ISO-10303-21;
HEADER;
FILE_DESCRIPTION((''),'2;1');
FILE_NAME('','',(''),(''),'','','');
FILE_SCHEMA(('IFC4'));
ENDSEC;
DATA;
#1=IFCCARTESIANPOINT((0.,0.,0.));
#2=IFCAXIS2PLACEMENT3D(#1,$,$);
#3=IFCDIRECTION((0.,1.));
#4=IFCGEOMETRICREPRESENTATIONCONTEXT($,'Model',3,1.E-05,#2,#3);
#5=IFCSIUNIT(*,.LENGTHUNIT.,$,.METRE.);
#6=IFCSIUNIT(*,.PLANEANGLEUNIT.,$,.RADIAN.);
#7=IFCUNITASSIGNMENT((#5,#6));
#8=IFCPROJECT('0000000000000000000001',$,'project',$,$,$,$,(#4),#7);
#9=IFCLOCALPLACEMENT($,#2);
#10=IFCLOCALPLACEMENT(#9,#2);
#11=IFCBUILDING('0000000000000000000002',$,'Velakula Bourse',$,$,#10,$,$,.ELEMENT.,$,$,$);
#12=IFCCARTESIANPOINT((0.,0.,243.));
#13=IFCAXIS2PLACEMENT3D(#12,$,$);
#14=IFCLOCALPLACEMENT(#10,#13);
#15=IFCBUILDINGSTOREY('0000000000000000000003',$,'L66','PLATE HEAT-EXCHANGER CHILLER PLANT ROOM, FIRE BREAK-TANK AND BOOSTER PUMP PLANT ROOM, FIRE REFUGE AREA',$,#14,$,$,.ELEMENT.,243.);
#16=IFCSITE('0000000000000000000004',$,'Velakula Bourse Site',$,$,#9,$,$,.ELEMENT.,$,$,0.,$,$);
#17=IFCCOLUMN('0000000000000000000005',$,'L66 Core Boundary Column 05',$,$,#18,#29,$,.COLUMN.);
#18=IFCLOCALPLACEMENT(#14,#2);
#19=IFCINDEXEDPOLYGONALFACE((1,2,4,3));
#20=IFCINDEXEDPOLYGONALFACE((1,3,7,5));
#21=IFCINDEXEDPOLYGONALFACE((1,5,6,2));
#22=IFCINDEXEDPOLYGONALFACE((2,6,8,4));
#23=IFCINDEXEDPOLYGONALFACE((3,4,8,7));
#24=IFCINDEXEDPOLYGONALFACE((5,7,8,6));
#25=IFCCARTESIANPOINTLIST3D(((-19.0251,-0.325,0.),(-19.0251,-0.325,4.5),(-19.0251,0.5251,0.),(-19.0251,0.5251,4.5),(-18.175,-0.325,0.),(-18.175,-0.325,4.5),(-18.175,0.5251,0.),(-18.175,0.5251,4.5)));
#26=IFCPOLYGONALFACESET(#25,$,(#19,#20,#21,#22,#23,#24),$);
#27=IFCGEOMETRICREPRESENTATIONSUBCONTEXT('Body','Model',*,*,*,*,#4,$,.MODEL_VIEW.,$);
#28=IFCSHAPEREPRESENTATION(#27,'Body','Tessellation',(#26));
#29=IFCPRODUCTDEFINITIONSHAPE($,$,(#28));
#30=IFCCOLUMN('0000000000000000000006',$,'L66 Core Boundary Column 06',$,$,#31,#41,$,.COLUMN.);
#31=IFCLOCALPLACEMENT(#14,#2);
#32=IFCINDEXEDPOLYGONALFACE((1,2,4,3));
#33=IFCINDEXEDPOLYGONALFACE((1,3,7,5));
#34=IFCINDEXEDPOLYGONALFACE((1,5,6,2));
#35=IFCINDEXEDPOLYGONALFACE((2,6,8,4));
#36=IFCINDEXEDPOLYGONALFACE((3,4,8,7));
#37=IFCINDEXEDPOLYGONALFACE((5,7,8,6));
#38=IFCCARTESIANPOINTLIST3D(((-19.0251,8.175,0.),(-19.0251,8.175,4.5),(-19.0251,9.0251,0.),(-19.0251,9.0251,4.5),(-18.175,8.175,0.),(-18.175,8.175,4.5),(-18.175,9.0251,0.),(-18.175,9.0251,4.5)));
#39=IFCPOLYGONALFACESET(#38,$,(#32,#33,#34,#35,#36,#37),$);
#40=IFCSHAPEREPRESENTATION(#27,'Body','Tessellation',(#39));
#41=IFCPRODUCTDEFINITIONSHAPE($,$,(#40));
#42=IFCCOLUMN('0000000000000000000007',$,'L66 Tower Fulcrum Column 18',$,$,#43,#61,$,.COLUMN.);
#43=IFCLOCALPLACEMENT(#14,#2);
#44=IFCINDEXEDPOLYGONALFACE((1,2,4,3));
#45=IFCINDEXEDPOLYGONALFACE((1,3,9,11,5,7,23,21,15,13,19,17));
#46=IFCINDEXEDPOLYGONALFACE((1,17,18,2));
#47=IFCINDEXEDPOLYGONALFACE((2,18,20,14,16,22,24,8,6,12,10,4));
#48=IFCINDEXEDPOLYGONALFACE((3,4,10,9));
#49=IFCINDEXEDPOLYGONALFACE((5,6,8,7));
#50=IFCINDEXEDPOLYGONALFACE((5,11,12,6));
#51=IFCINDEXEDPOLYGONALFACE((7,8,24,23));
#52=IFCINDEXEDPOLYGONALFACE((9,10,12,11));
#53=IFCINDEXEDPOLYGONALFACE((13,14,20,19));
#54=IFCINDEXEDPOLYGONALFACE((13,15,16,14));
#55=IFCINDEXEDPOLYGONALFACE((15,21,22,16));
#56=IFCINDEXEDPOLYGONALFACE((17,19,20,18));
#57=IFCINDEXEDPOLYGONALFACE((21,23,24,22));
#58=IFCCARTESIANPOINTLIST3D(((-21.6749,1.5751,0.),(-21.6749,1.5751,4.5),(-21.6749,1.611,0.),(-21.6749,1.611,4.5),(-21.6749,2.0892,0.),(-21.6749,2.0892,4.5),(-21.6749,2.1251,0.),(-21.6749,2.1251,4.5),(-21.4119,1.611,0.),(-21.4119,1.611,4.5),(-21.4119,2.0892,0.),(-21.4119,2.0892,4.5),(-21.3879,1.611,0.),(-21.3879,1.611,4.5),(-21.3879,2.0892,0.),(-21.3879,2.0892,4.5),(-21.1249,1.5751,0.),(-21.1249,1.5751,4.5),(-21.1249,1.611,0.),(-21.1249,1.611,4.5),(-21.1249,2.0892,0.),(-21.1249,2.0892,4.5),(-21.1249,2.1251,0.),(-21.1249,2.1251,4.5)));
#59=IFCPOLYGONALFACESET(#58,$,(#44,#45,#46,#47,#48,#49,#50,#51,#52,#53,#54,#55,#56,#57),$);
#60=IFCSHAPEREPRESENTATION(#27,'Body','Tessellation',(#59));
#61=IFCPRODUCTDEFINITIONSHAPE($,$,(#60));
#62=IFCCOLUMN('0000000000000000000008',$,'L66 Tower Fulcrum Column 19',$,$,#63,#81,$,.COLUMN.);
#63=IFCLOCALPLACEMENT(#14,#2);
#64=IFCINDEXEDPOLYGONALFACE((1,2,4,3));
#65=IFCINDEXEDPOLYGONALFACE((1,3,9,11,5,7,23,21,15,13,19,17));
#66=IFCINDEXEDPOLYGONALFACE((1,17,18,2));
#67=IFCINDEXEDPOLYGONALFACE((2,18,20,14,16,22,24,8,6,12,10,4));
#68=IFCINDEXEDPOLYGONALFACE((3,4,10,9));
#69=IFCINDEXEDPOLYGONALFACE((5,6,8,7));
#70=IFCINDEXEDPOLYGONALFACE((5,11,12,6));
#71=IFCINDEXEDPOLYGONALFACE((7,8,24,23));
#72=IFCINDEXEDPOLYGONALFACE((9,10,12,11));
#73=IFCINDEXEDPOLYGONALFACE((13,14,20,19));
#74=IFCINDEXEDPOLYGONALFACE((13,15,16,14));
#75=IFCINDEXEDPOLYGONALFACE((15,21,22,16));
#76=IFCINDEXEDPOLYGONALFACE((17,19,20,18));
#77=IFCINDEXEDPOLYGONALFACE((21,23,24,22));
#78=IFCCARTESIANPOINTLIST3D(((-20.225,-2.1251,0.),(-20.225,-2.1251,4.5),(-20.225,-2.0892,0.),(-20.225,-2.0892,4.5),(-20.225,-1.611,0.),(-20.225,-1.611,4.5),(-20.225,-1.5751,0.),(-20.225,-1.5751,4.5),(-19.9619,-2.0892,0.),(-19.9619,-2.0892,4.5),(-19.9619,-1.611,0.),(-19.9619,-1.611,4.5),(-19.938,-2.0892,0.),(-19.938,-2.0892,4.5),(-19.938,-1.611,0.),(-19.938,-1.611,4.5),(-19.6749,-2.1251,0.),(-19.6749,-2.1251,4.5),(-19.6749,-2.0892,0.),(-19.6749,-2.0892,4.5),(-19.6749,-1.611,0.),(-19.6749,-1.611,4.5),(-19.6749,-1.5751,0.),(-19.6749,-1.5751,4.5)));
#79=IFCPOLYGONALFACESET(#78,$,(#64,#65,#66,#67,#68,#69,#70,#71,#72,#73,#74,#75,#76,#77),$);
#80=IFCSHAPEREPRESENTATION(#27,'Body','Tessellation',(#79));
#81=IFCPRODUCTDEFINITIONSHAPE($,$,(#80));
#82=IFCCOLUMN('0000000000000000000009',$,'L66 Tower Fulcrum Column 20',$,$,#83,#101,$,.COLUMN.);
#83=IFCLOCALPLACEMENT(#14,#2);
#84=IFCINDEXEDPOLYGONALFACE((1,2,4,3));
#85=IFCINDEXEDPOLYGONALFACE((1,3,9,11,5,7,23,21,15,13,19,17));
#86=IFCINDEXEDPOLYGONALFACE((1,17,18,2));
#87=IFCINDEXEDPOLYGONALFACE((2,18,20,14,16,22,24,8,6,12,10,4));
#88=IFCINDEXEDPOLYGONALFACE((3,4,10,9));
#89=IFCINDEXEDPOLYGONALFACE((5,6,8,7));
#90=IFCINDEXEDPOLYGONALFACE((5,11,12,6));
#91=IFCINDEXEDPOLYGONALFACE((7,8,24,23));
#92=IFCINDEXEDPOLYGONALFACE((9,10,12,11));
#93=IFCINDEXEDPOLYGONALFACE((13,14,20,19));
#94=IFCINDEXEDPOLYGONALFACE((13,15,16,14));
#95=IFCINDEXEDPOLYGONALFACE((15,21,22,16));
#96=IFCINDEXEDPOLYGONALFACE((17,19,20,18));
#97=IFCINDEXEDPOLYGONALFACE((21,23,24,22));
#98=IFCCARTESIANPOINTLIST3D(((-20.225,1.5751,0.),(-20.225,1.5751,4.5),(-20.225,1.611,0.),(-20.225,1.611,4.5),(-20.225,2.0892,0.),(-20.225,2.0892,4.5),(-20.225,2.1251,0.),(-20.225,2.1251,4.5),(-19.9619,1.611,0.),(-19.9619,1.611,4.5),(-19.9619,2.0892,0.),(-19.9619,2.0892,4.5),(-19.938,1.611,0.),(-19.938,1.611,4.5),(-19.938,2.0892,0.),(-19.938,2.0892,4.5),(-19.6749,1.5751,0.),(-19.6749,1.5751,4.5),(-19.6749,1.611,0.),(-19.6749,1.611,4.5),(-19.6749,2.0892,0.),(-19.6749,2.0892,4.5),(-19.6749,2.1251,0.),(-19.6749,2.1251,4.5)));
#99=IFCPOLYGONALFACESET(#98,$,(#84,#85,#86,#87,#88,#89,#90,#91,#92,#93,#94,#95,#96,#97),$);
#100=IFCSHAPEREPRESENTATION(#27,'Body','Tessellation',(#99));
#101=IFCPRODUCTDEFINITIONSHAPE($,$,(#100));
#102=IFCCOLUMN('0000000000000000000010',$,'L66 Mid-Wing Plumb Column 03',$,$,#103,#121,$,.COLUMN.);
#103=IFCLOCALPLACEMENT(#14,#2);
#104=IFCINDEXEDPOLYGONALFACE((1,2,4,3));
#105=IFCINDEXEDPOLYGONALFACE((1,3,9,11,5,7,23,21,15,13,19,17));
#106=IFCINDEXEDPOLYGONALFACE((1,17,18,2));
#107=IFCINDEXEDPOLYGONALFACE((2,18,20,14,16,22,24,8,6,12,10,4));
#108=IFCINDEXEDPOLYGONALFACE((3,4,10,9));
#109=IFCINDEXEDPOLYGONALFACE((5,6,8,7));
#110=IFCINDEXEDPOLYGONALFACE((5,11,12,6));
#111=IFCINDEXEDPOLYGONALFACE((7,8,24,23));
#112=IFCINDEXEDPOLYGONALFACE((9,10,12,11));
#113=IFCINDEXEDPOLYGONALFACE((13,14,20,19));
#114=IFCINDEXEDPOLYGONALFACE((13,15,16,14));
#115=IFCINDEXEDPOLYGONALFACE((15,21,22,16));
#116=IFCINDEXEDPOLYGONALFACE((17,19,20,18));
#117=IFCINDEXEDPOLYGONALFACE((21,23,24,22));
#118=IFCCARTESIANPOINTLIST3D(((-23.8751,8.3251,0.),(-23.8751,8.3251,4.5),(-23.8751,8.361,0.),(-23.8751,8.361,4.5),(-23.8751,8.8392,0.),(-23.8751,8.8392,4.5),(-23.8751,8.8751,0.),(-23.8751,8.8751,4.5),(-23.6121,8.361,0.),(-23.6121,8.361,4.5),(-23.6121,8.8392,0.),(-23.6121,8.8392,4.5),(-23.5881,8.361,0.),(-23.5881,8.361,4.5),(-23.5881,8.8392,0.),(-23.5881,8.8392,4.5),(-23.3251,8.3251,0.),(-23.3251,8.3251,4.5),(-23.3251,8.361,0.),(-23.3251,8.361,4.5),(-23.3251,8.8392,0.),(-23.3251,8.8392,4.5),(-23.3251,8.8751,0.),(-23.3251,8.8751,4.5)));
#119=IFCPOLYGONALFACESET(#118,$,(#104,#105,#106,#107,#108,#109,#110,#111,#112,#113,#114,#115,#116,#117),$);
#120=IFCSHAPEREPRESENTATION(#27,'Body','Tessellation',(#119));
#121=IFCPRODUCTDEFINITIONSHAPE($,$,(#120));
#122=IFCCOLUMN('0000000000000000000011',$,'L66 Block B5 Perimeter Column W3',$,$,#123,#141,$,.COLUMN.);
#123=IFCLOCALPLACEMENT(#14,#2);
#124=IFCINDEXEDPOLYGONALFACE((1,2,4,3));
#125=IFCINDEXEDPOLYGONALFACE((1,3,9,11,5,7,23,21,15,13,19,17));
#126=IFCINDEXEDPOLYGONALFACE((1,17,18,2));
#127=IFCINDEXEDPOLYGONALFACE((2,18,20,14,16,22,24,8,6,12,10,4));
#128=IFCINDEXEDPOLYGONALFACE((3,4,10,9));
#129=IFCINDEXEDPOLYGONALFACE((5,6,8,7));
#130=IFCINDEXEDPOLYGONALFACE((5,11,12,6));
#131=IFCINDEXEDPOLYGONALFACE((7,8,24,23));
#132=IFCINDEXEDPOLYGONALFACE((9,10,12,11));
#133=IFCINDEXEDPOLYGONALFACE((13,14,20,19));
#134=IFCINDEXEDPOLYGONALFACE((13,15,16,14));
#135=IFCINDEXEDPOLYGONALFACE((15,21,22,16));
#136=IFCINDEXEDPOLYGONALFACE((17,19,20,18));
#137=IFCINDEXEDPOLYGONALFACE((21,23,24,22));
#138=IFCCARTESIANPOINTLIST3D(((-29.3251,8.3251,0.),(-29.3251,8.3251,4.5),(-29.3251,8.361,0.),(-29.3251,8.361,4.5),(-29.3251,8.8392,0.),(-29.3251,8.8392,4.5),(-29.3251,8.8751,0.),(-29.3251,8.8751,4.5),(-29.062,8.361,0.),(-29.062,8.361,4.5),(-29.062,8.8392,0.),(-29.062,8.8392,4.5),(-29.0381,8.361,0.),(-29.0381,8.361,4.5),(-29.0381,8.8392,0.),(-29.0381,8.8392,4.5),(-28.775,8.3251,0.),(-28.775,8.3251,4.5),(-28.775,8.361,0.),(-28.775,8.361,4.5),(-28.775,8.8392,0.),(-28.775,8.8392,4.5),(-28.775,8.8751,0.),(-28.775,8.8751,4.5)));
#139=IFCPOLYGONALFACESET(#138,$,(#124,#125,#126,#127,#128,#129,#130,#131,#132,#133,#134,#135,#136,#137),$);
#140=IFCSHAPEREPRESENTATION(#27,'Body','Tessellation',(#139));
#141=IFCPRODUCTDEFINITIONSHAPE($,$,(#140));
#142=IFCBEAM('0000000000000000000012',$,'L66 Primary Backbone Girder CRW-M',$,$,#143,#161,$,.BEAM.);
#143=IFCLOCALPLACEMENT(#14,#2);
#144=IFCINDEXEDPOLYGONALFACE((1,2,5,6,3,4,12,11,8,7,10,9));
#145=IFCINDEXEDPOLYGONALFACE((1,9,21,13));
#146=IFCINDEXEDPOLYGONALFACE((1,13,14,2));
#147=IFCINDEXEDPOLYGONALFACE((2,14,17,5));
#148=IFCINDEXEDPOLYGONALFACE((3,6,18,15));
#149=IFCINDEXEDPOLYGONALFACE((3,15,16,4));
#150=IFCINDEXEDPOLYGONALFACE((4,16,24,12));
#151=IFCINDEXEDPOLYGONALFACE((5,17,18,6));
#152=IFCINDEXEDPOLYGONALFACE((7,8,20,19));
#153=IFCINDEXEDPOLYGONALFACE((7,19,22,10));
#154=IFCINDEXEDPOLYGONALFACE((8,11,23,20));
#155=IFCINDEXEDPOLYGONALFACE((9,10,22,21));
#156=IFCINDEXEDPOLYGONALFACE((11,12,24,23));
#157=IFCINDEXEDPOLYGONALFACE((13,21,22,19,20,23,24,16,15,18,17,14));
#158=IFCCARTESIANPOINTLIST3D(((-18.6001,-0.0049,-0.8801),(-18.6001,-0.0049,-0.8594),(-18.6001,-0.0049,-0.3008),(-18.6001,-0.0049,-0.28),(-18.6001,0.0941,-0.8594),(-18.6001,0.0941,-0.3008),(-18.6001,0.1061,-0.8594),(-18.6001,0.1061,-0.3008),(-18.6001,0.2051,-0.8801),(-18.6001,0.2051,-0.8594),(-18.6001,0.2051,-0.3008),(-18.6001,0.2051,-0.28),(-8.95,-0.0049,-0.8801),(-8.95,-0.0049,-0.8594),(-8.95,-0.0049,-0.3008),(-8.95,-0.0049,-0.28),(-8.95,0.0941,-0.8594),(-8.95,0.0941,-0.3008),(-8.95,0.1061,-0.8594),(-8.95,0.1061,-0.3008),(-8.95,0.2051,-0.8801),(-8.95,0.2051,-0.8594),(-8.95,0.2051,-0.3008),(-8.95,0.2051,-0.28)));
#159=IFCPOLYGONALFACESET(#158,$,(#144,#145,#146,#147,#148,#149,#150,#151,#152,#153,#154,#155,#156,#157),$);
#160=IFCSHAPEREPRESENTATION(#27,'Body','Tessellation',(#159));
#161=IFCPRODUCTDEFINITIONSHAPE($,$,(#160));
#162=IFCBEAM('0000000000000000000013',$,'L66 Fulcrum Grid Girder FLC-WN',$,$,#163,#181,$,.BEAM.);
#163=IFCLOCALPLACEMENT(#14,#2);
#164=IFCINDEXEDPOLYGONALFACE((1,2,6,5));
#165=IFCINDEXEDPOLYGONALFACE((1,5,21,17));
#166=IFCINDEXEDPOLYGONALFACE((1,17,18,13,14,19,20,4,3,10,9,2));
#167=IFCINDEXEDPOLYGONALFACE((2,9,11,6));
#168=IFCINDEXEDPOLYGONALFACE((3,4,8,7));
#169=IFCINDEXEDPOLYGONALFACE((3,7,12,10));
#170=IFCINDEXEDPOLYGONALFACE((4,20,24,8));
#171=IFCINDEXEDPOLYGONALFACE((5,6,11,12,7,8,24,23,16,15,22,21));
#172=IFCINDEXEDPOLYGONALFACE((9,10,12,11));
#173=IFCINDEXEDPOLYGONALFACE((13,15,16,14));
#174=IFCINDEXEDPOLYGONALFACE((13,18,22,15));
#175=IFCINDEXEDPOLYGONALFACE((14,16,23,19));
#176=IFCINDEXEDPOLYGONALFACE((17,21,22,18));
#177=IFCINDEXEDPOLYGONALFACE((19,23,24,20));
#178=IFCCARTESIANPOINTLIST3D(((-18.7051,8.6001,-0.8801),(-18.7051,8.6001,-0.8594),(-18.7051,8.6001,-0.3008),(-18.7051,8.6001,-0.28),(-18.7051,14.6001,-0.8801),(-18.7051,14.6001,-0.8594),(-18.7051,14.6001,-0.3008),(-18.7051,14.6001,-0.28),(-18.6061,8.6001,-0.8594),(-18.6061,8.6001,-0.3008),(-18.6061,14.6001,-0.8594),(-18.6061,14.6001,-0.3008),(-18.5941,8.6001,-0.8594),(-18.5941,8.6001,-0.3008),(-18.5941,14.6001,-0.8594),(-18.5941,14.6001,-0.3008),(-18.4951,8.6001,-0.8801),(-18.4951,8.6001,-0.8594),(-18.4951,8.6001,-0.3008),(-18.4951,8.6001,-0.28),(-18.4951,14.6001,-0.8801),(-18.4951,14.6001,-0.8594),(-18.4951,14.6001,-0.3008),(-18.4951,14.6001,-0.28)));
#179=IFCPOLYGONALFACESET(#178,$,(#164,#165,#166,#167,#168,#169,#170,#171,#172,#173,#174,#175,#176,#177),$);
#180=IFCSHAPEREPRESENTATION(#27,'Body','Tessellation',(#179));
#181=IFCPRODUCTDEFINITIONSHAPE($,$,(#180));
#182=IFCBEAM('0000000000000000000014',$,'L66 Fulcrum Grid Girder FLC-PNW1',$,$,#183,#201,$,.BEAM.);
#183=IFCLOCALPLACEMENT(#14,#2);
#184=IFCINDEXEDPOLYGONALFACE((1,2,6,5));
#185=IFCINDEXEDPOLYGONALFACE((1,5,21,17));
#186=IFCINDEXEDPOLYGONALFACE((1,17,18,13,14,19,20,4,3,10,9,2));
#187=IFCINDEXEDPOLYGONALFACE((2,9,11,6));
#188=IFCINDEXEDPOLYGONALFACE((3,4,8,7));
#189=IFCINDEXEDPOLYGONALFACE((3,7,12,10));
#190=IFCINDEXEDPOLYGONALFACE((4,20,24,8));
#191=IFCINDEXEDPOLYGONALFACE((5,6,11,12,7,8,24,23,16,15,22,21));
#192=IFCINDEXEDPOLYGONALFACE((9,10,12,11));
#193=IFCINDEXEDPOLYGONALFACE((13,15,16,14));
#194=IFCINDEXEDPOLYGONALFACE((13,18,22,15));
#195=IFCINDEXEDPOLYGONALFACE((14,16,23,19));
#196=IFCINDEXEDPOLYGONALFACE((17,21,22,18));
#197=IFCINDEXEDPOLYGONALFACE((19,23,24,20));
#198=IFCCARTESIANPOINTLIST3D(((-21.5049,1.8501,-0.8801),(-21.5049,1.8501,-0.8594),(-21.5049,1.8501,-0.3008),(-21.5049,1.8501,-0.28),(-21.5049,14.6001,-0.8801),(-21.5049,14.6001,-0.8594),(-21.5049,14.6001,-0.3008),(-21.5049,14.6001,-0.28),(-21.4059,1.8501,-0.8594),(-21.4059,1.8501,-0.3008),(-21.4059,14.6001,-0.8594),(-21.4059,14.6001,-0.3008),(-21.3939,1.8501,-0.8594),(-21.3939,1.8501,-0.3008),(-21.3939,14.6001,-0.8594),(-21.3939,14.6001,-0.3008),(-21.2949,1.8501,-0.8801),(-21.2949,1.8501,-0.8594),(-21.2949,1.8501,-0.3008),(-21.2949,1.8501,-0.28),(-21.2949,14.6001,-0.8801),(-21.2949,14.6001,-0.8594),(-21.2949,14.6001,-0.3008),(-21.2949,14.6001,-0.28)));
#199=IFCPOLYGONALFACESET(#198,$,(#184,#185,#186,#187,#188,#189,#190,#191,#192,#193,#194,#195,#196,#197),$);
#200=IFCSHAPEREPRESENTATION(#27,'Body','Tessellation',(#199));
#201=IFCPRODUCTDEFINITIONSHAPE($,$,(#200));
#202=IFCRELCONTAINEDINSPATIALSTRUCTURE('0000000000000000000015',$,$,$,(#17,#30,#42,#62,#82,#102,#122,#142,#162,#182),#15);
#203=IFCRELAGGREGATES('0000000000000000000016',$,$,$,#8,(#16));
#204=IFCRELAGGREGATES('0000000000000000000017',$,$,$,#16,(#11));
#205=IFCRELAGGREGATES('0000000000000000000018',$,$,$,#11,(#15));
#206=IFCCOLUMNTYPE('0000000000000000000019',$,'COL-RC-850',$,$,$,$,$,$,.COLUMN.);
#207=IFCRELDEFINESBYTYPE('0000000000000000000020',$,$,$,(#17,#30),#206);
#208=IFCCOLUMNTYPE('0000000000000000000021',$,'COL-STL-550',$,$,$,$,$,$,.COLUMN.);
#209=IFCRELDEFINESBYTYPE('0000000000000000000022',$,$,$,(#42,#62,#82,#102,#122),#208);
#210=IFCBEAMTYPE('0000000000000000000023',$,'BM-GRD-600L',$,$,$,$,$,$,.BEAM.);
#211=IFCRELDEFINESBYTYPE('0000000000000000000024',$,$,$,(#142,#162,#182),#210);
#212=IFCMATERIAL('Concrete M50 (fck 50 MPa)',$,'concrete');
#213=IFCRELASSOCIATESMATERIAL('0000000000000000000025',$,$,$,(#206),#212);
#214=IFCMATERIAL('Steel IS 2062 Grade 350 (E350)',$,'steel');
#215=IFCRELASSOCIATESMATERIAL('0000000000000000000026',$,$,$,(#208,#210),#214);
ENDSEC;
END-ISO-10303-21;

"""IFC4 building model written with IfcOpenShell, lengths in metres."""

from ifc_helpers import new_model, si_unit, direction, frame, origin, origin_2d, place, context, subcontext, project, spatial, rectangle, i_section, extrude, material, material_profile, profile_set, type_object, element, save


model = new_model("IFC4")

# Units and contexts
model_context = context("Model", 3, precision=1e-05, world=origin(), true_north=direction((0.0, 1.0)))
body_context = subcontext(model_context, "Body", "Model", "MODEL_VIEW")
ifc_project = project(units=[si_unit("LENGTHUNIT", "METRE"), si_unit("PLANEANGLEUNIT", "RADIAN")], contexts=[model_context])

# Site, building, storey
site_placement = place(None, origin())
site = spatial("IfcSite", under=ifc_project, at=site_placement, Name="Velakula Bourse Site", CompositionType="ELEMENT", RefElevation=0.0)
building_placement = place(site_placement, origin())
building = spatial("IfcBuilding", under=site, at=building_placement, Name="Velakula Bourse", CompositionType="ELEMENT")
storey_placement = place(building_placement, frame((0.0, 0.0, 243.0)))
storey = spatial("IfcBuildingStorey", under=building, at=storey_placement, Name="L66", Description="PLATE HEAT-EXCHANGER CHILLER PLANT ROOM, FIRE BREAK-TANK AND BOOSTER PUMP PLANT ROOM, FIRE REFUGE AREA", CompositionType="ELEMENT", Elevation=243.0)

# Columns
ifc_material_1 = material(Name="Concrete M50 (fck 50 MPa)", Category="concrete")
ifc_material_profile_1 = material_profile(ifc_material_1, rectangle(XDim=0.8501, YDim=0.8501, at=origin_2d()), Name="Concrete M50 (fck 50 MPa)")
ifc_profile_set_1 = profile_set([ifc_material_profile_1], Name="Concrete M50 (fck 50 MPa)")
column_type_1 = type_object("IfcColumnType", Name="COL-RC-850", PredefinedType="COLUMN", material=ifc_profile_set_1)
for number, where, z_axis, x_axis, name in (
    (1, (-18.6001, 0.1001, 0.0), (0.0, 0.0, 1.0), (1.0, 0.0, 0.0), "L66 Core Boundary Column 05"),
    (2, (-18.6001, 8.6001, 0.0), (0.0, 0.0, 1.0), (1.0, 0.0, 0.0), "L66 Core Boundary Column 06"),
):
    element("IfcColumn", number, at=place(storey_placement, frame(where, z_axis=z_axis, x_axis=x_axis)), inside=storey, type_object=column_type_1, Name=name, PredefinedType="COLUMN", context=body_context, shape_type="SweptSolid", body=[
        extrude(rectangle(XDim=0.8501, YDim=0.8501, at=origin_2d()), origin(), (0.0, 0.0, 1.0), 4.5),
    ])
ifc_material_2 = material(Name="Steel IS 2062 Grade 350 (E350)", Category="steel")
ifc_material_profile_2 = material_profile(ifc_material_2, i_section(OverallWidth=0.55, OverallDepth=0.55, WebThickness=0.0239, FlangeThickness=0.0359, at=origin_2d()), Name="Steel IS 2062 Grade 350 (E350)")
ifc_profile_set_2 = profile_set([ifc_material_profile_2], Name="Steel IS 2062 Grade 350 (E350)")
column_type_2 = type_object("IfcColumnType", Name="COL-STL-550", PredefinedType="COLUMN", material=ifc_profile_set_2)
for number, where, z_axis, x_axis, name in (
    (3, (-21.3999, 1.8501, 0.0), (0.0, 0.0, 1.0), (1.0, 0.0, 0.0), "L66 Tower Fulcrum Column 18"),
    (4, (-19.95, -1.8501, 0.0), (0.0, 0.0, 1.0), (1.0, 0.0, 0.0), "L66 Tower Fulcrum Column 19"),
    (5, (-19.95, 1.8501, 0.0), (0.0, 0.0, 1.0), (1.0, 0.0, 0.0), "L66 Tower Fulcrum Column 20"),
    (6, (-23.6001, 8.6001, 0.0), (0.0, 0.0, 1.0), (1.0, 0.0, 0.0), "L66 Mid-Wing Plumb Column 03"),
    (7, (-29.05, 8.6001, 0.0), (0.0, 0.0, 1.0), (1.0, 0.0, 0.0), "L66 Block B5 Perimeter Column W3"),
):
    element("IfcColumn", number, at=place(storey_placement, frame(where, z_axis=z_axis, x_axis=x_axis)), inside=storey, type_object=column_type_2, Name=name, PredefinedType="COLUMN", context=body_context, shape_type="SweptSolid", body=[
        extrude(i_section(OverallWidth=0.55, OverallDepth=0.55, WebThickness=0.0239, FlangeThickness=0.0359, at=origin_2d()), origin(), (0.0, 0.0, 1.0), 4.5),
    ])

# Beams
ifc_material_profile_3 = material_profile(ifc_material_2, i_section(OverallWidth=0.21, OverallDepth=0.6001, WebThickness=0.012, FlangeThickness=0.0208, at=origin_2d()), Name="Steel IS 2062 Grade 350 (E350)")
ifc_profile_set_3 = profile_set([ifc_material_profile_3], Name="Steel IS 2062 Grade 350 (E350)")
beam_type_1 = type_object("IfcBeamType", Name="BM-GRD-600L", PredefinedType="BEAM", material=ifc_profile_set_3)
beam_1_placement = place(storey_placement, frame((-18.6001, 0.1001, -0.5801), z_axis=(1.0, 0.0, 0.0), x_axis=(0.0, 1.0, 0.0)))
element("IfcBeam", 8, at=beam_1_placement, inside=storey, type_object=beam_type_1, Name="L66 Primary Backbone Girder CRW-M", PredefinedType="BEAM", context=body_context, shape_type="SweptSolid", body=[
    extrude(i_section(OverallWidth=0.21, OverallDepth=0.6001, WebThickness=0.012, FlangeThickness=0.0208, at=origin_2d()), origin(), (0.0, 0.0, 1.0), 9.6501),
])
beam_2_placement = place(storey_placement, frame((-18.6001, 8.6001, -0.5801), z_axis=(0.0, 1.0, 0.0), x_axis=(-1.0, 0.0, 0.0)))
element("IfcBeam", 9, at=beam_2_placement, inside=storey, type_object=beam_type_1, Name="L66 Fulcrum Grid Girder FLC-WN", PredefinedType="BEAM", context=body_context, shape_type="SweptSolid", body=[
    extrude(i_section(OverallWidth=0.21, OverallDepth=0.6001, WebThickness=0.012, FlangeThickness=0.0208, at=origin_2d()), origin(), (0.0, 0.0, 1.0), 6.0),
])
for number, where, z_axis, x_axis, name in (
    (10, (-21.3999, 1.8501, -0.5801), (0.0, 1.0, 0.0), (-1.0, 0.0, 0.0), "L66 Fulcrum Grid Girder FLC-PNW1"),
):
    element("IfcBeam", number, at=place(storey_placement, frame(where, z_axis=z_axis, x_axis=x_axis)), inside=storey, type_object=beam_type_1, Name=name, PredefinedType="BEAM", context=body_context, shape_type="SweptSolid", body=[
        extrude(i_section(OverallWidth=0.21, OverallDepth=0.6001, WebThickness=0.012, FlangeThickness=0.0208, at=origin_2d()), origin(), (0.0, 0.0, 1.0), 12.75),
    ])

save(model, "model.ifc")
